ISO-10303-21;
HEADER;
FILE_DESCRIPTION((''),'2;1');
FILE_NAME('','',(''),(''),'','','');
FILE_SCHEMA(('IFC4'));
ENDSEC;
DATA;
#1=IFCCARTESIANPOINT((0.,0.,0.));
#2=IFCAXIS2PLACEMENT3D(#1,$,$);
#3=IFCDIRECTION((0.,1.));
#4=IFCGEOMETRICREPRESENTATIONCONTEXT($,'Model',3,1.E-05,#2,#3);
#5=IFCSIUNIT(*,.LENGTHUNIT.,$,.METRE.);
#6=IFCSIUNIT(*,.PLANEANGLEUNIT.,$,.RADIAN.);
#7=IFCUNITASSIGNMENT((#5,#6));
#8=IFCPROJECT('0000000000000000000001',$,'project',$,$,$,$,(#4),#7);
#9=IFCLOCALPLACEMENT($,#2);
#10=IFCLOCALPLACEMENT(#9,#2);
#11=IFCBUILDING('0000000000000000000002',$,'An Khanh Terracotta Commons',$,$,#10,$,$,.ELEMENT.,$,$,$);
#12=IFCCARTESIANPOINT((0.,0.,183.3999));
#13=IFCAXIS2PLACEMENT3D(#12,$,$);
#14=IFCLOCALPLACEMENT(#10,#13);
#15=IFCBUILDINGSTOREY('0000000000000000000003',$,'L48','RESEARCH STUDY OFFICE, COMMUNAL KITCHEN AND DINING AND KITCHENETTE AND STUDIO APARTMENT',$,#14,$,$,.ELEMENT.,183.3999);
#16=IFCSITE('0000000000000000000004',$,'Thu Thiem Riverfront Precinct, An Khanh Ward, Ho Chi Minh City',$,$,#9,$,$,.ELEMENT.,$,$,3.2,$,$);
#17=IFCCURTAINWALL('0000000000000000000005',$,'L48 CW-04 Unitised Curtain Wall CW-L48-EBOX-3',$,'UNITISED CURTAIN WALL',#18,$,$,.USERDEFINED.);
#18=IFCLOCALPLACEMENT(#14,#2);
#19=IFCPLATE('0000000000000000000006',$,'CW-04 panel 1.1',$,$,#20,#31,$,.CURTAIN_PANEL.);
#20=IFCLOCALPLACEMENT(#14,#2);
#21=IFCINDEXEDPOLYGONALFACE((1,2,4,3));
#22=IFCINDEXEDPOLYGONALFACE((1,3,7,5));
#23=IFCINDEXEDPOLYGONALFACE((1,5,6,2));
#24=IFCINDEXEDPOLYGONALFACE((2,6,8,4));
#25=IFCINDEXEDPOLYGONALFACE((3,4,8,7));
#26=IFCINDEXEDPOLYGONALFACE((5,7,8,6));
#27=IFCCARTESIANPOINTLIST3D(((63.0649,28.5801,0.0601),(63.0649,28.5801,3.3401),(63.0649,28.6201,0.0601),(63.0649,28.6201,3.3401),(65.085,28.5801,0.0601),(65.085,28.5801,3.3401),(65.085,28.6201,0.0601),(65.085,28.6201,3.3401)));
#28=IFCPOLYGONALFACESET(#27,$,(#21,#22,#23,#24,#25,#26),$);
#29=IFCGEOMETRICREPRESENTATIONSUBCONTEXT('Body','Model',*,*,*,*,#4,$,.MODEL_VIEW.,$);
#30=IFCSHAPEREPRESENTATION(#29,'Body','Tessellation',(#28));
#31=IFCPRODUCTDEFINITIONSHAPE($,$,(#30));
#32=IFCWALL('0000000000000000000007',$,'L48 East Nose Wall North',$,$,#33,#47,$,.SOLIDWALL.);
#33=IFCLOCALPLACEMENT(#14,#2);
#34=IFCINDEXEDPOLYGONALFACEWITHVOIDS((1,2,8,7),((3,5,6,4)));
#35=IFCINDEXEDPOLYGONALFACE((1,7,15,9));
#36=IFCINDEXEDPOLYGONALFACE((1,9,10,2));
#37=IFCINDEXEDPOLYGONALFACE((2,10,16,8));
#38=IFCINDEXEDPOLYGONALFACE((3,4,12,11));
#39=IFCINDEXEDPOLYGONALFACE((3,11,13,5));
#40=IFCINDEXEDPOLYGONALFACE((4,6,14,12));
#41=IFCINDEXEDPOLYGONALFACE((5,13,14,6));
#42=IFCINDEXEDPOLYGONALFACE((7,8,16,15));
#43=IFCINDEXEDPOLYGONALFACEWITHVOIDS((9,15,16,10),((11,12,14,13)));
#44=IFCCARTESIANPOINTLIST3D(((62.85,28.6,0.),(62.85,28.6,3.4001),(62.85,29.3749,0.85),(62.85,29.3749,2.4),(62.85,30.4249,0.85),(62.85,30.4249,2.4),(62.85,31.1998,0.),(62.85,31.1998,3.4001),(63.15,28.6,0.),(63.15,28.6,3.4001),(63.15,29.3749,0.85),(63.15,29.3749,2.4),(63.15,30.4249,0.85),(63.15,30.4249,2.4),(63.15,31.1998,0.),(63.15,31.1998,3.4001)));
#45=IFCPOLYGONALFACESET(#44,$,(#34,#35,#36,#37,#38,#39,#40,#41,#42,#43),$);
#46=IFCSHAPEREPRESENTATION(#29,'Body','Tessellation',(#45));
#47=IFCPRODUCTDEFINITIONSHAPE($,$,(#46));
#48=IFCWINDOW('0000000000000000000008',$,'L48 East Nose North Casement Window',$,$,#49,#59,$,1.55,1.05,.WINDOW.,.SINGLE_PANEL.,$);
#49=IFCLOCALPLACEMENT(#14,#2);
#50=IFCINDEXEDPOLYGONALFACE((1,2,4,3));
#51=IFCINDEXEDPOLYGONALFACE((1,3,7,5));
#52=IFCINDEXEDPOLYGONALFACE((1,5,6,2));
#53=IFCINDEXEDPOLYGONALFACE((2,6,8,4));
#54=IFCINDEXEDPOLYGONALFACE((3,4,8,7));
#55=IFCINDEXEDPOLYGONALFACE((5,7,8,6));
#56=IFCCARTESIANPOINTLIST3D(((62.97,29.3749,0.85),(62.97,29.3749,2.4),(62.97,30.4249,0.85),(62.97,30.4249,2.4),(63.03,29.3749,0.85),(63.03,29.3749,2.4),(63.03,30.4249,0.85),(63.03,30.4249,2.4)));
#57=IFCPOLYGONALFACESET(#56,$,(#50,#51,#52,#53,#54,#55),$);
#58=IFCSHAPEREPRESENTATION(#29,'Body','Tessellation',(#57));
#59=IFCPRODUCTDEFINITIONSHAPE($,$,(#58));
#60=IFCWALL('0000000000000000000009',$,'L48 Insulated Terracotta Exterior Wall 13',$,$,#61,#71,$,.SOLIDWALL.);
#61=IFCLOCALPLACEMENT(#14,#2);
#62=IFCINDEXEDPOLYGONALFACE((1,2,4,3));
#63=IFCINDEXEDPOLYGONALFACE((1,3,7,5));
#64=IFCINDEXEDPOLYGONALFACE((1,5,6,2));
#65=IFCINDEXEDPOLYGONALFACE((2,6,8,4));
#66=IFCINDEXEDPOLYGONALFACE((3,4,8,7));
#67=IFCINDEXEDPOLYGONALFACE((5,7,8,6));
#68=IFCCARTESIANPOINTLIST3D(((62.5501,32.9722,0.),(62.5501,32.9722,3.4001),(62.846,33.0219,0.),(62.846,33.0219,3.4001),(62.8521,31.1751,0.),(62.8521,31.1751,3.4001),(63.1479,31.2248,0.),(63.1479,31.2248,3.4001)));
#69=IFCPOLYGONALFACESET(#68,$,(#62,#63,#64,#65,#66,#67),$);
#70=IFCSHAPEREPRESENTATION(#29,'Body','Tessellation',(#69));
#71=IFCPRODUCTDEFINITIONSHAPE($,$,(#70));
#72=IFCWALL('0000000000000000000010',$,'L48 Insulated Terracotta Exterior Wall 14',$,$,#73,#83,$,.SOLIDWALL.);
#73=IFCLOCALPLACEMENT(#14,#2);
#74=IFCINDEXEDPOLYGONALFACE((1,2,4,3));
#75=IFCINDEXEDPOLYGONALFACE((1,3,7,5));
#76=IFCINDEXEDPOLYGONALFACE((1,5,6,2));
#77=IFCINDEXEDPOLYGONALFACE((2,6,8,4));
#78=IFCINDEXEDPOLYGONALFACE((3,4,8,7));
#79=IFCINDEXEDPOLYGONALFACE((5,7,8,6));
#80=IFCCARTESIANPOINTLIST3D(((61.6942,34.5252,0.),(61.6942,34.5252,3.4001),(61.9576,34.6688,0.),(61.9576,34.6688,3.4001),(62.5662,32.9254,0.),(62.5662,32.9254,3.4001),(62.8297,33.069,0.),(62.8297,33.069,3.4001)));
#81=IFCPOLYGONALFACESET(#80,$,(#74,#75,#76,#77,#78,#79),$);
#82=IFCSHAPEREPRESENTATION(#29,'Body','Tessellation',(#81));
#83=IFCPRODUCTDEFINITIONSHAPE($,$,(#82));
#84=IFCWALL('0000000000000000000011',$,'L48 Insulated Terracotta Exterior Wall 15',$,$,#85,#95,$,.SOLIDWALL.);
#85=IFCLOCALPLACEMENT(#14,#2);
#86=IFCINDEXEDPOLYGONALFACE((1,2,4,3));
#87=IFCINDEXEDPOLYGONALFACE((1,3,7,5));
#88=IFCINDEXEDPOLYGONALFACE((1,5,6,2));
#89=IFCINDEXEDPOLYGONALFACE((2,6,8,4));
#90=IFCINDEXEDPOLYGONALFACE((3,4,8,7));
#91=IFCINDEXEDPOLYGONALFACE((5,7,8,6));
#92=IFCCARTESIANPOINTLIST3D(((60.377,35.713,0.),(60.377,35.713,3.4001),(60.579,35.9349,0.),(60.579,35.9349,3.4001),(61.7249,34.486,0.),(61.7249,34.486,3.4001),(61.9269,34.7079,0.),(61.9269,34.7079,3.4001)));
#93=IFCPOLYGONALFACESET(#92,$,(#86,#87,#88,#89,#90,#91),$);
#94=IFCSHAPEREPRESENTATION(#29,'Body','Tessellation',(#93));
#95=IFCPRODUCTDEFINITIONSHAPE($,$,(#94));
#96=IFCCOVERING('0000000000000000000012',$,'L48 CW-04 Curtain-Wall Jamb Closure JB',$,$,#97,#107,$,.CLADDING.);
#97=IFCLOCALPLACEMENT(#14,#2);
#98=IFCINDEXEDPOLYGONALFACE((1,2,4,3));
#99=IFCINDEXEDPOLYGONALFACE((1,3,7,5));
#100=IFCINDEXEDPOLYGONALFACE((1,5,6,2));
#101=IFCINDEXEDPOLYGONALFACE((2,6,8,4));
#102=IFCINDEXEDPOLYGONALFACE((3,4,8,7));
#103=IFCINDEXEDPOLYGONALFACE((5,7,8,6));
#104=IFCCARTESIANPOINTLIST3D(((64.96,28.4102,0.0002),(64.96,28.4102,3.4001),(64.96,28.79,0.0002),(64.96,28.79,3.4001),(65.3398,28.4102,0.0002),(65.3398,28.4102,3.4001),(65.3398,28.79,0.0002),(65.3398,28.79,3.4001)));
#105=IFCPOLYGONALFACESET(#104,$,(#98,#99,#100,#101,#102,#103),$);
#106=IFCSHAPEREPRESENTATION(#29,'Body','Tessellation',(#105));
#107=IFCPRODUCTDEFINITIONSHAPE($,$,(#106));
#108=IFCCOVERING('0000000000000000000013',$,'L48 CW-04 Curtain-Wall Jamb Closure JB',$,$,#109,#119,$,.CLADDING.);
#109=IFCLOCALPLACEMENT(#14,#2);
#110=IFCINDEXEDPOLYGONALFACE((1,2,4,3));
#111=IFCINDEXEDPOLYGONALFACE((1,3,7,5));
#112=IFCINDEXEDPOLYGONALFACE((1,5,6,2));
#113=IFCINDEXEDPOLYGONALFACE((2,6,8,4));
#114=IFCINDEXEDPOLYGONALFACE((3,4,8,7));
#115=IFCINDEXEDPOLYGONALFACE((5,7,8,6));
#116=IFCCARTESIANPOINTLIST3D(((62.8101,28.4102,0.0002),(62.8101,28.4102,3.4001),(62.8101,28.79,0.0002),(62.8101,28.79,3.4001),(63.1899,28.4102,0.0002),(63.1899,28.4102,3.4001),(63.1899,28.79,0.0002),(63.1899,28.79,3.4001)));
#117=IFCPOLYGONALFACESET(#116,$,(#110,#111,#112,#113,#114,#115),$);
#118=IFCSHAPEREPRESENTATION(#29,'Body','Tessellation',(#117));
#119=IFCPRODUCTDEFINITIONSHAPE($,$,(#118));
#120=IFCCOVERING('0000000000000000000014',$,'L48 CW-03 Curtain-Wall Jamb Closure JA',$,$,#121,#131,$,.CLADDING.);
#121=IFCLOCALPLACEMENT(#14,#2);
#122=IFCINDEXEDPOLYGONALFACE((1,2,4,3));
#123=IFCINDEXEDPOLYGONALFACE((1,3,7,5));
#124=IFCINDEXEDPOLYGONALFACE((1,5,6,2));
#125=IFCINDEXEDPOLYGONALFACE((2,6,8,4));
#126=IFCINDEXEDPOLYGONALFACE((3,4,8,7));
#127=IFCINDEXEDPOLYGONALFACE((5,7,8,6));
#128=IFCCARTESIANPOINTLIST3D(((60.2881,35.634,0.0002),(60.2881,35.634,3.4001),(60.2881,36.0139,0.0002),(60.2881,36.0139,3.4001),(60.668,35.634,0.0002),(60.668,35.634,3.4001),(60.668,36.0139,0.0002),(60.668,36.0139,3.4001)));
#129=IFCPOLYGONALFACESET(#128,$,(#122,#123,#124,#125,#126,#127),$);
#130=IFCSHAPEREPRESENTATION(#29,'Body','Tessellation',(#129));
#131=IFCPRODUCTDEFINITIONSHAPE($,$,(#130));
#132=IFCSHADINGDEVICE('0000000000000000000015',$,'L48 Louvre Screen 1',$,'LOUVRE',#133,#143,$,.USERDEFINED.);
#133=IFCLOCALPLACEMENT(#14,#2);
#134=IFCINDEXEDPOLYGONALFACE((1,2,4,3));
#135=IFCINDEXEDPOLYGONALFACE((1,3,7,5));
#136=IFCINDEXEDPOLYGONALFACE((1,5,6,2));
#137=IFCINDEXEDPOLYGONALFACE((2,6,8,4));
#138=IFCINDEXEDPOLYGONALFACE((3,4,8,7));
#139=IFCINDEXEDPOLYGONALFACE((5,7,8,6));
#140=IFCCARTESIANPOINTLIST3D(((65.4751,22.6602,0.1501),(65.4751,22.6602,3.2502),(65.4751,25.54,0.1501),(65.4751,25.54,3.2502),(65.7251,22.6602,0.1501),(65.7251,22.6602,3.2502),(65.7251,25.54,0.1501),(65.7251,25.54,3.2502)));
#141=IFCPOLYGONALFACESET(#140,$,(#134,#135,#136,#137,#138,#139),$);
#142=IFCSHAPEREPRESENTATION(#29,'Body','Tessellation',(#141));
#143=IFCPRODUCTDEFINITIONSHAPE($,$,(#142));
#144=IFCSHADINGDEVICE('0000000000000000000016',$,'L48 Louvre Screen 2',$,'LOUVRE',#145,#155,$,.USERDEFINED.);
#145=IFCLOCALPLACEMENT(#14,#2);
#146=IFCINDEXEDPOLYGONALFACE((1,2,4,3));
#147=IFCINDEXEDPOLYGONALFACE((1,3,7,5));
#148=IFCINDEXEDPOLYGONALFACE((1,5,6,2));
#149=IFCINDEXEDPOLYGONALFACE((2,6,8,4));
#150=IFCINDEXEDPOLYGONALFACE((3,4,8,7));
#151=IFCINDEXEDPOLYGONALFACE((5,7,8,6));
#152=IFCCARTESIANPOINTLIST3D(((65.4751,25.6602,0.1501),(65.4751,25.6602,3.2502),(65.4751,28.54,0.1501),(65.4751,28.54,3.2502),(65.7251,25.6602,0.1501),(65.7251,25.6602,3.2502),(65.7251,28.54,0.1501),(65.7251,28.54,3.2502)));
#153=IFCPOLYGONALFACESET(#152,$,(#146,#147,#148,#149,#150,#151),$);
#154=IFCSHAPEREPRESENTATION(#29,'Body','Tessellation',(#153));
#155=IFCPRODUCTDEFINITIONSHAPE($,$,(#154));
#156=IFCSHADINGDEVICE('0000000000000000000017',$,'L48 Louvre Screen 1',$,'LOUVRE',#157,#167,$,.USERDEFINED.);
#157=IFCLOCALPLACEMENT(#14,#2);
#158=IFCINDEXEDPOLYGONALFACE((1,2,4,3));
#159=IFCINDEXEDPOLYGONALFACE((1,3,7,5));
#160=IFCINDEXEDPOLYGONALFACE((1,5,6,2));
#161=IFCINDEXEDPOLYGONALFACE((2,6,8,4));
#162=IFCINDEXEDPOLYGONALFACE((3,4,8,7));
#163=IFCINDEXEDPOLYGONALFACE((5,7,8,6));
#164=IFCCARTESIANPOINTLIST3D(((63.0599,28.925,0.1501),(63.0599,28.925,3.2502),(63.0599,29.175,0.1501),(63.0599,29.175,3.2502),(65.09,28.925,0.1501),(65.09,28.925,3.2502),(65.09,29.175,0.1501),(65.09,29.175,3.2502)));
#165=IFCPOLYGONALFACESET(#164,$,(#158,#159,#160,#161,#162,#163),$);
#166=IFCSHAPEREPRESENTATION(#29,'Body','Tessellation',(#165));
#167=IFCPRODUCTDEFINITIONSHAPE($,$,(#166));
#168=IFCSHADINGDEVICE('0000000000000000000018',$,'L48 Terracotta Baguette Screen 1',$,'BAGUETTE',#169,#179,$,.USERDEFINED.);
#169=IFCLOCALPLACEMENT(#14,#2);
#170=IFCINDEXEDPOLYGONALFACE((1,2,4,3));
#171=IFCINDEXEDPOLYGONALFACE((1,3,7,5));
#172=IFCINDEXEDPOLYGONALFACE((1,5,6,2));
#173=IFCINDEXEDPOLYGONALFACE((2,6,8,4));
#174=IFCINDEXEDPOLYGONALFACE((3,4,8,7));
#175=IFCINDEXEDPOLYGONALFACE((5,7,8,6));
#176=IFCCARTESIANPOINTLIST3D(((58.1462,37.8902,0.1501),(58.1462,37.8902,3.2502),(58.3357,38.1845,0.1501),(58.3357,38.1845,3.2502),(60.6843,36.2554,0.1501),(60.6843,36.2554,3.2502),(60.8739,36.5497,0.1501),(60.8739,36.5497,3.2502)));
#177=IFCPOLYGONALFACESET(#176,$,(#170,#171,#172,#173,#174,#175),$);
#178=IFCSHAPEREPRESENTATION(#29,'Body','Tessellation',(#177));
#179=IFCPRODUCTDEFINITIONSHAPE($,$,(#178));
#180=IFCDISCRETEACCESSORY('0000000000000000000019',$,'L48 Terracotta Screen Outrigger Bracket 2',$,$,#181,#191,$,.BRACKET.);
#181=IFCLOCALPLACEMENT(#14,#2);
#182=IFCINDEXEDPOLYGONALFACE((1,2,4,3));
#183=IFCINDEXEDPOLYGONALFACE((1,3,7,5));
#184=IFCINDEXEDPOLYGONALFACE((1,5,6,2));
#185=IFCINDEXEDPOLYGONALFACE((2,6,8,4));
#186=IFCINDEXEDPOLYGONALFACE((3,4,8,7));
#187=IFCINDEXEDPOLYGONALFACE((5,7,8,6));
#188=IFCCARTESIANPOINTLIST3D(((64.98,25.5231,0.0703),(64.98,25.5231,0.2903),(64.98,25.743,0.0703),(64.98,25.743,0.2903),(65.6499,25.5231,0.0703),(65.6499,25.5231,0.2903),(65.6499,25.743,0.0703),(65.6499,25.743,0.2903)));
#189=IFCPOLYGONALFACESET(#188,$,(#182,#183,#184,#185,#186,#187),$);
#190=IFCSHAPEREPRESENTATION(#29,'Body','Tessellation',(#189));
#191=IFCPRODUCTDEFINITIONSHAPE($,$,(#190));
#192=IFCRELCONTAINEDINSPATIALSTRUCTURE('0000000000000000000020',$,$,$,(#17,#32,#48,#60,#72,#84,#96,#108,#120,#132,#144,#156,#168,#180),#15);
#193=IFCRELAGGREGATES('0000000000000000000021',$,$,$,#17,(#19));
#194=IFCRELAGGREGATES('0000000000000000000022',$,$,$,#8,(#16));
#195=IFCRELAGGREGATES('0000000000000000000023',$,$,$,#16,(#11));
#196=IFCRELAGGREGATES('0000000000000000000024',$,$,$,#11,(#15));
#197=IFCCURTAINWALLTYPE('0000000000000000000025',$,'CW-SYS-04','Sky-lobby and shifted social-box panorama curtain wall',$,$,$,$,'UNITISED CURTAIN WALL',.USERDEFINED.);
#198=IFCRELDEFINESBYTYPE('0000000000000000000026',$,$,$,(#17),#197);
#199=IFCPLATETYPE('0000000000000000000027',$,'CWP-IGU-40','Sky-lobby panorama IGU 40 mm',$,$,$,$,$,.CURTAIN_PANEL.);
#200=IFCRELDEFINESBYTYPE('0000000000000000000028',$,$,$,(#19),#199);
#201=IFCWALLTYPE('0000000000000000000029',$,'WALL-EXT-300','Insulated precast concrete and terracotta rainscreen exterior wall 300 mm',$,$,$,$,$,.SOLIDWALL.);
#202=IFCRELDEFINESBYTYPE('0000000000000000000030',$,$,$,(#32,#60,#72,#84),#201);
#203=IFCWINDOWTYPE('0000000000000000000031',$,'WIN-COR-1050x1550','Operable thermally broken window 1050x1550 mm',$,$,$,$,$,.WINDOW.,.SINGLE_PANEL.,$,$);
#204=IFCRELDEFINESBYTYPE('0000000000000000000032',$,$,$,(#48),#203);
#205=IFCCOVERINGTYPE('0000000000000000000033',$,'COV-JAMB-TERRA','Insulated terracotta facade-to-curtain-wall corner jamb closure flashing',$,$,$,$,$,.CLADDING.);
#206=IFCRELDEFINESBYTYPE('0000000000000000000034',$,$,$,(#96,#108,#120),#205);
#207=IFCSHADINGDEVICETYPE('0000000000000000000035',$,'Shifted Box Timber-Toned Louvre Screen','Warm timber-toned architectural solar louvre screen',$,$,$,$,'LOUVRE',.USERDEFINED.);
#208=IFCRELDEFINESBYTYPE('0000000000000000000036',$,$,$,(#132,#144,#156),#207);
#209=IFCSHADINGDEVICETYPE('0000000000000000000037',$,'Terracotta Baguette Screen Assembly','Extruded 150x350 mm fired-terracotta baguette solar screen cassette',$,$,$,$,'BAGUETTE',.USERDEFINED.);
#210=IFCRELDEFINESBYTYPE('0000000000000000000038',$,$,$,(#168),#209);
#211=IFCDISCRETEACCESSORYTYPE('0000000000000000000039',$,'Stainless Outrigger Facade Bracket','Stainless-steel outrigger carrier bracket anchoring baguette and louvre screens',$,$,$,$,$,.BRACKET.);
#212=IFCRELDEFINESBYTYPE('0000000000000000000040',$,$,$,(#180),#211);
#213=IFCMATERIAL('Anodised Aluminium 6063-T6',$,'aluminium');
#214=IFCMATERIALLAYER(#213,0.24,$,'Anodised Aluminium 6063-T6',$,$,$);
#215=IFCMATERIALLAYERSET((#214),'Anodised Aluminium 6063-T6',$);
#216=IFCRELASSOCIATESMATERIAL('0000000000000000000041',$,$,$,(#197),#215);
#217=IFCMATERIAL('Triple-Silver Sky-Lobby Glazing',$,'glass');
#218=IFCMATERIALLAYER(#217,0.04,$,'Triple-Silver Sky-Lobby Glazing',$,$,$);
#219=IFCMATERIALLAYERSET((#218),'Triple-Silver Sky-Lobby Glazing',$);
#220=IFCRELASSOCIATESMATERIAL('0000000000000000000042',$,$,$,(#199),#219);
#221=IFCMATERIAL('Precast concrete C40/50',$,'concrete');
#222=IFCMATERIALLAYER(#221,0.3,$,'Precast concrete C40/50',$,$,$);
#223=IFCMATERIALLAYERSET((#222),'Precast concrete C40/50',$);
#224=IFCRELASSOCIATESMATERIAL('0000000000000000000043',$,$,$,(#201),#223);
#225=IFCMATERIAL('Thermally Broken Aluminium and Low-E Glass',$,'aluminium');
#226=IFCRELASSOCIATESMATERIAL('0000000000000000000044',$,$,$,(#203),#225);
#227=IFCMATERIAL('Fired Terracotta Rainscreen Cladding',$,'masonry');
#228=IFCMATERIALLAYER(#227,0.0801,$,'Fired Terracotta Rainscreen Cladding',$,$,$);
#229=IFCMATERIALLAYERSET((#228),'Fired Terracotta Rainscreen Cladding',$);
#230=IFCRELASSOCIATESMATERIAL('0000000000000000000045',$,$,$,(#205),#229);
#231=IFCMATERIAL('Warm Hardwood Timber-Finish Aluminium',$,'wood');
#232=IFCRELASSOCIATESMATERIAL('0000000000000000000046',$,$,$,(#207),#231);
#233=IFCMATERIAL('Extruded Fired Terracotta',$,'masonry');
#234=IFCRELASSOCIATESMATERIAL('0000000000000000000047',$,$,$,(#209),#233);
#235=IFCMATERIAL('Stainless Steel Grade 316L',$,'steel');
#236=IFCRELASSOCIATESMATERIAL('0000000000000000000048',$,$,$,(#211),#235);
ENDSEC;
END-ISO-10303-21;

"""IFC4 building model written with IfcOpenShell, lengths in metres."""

from ifc_helpers import new_model, si_unit, direction, frame, frame_2d, origin, origin_2d, place, context, subcontext, project, spatial, rectangle, extrude, material, layer, layer_set, type_object, element, fill, aggregate, save


model = new_model("IFC4")

# Units and contexts
model_context = context("Model", 3, precision=1e-05, world=origin(), true_north=direction((0.0, 1.0)))
body_context = subcontext(model_context, "Body", "Model", "MODEL_VIEW")
ifc_project = project(units=[si_unit("LENGTHUNIT", "METRE"), si_unit("PLANEANGLEUNIT", "RADIAN")], contexts=[model_context])

# Site, building, storey
site_placement = place(None, origin())
site = spatial("IfcSite", under=ifc_project, at=site_placement, Name="Thu Thiem Riverfront Precinct, An Khanh Ward, Ho Chi Minh City", CompositionType="ELEMENT", RefElevation=3.2)
building_placement = place(site_placement, origin())
building = spatial("IfcBuilding", under=site, at=building_placement, Name="An Khanh Terracotta Commons", CompositionType="ELEMENT")
storey_placement = place(building_placement, frame((0.0, 0.0, 183.3999)))
storey = spatial("IfcBuildingStorey", under=building, at=storey_placement, Name="L48", Description="RESEARCH STUDY OFFICE, COMMUNAL KITCHEN AND DINING AND KITCHENETTE AND STUDIO APARTMENT", CompositionType="ELEMENT", Elevation=183.3999)

# Curtain wall
ifc_material_1 = material(Name="Anodised Aluminium 6063-T6", Category="aluminium")
ifc_layer_1 = layer(ifc_material_1, 0.24, Name="Anodised Aluminium 6063-T6")
ifc_layer_set_1 = layer_set([ifc_layer_1], Name="Anodised Aluminium 6063-T6")
curtain_wall_type_1 = type_object("IfcCurtainWallType", Name="CW-SYS-04", Description="Sky-lobby and shifted social-box panorama curtain wall", ElementType="UNITISED CURTAIN WALL", PredefinedType="USERDEFINED", material=ifc_layer_set_1)
curtain_wall_1_placement = place(storey_placement, origin())
curtain_wall_1 = element("IfcCurtainWall", 1, at=curtain_wall_1_placement, inside=storey, type_object=curtain_wall_type_1, Name="L48 CW-04 Unitised Curtain Wall CW-L48-EBOX-3", ObjectType="UNITISED CURTAIN WALL", PredefinedType="USERDEFINED")

# Plate
ifc_material_2 = material(Name="Triple-Silver Sky-Lobby Glazing", Category="glass")
ifc_layer_2 = layer(ifc_material_2, 0.04, Name="Triple-Silver Sky-Lobby Glazing")
ifc_layer_set_2 = layer_set([ifc_layer_2], Name="Triple-Silver Sky-Lobby Glazing")
plate_type_1 = type_object("IfcPlateType", Name="CWP-IGU-40", Description="Sky-lobby panorama IGU 40 mm", PredefinedType="CURTAIN_PANEL", material=ifc_layer_set_2)
plate_1_placement = place(storey_placement, frame((64.075, 28.6001, 0.0601), z_axis=(0.0, 0.0, 1.0), x_axis=(-1.0, 0.0, 0.0)))
plate_1 = element("IfcPlate", 2, at=plate_1_placement, type_object=plate_type_1, Name="CW-04 panel 1.1", PredefinedType="CURTAIN_PANEL", context=body_context, shape_type="SweptSolid", body=[
    extrude(rectangle(XDim=2.02, YDim=0.04, at=origin_2d()), origin(), (0.0, 0.0, 1.0), 3.28),
])
aggregate(curtain_wall_1, [plate_1])

# Wall, opening, window
ifc_material_3 = material(Name="Precast concrete C40/50", Category="concrete")
ifc_layer_3 = layer(ifc_material_3, 0.3, Name="Precast concrete C40/50")
ifc_layer_set_3 = layer_set([ifc_layer_3], Name="Precast concrete C40/50")
wall_type = type_object("IfcWallType", Name="WALL-EXT-300", Description="Insulated precast concrete and terracotta rainscreen exterior wall 300 mm", PredefinedType="SOLIDWALL", material=ifc_layer_set_3)
wall_1_placement = place(storey_placement, frame((63.0, 28.6001, 0.0), z_axis=(0.0, 0.0, 1.0), x_axis=(0.0, 1.0, 0.0)))
wall_1 = element("IfcWall", 3, at=wall_1_placement, inside=storey, type_object=wall_type, Name="L48 East Nose Wall North", PredefinedType="SOLIDWALL", context=body_context, shape_type="SweptSolid", body=[
    extrude(rectangle(XDim=2.5999, YDim=0.3, at=frame_2d((1.2998, 0.0))), origin(), (0.0, 0.0, 1.0), 3.4001),
])
opening_placement = place(wall_1_placement, frame((0.7749, 0.0, 0.8501)))
opening = element("IfcOpeningElement", 4, at=opening_placement, cuts=wall_1, PredefinedType="OPENING", context=body_context, shape_type="SweptSolid", body=[
    extrude(rectangle(XDim=1.05, YDim=1.55, at=frame_2d((0.5249, 0.7749))), frame((0.0, 0.1599, 0.0), z_axis=(0.0, -1.0, 0.0), x_axis=(1.0, 0.0, 0.0)), (0.0, 0.0, 1.0), 0.3201),
])
ifc_material_4 = material(Name="Thermally Broken Aluminium and Low-E Glass", Category="aluminium")
window_type = type_object("IfcWindowType", Name="WIN-COR-1050x1550", Description="Operable thermally broken window 1050x1550 mm", PartitioningType="SINGLE_PANEL", PredefinedType="WINDOW", material=ifc_material_4)
window_placement = place(opening_placement, origin())
window = element("IfcWindow", 5, at=window_placement, inside=storey, type_object=window_type, Name="L48 East Nose North Casement Window", OverallHeight=1.55, OverallWidth=1.05, PartitioningType="SINGLE_PANEL", PredefinedType="WINDOW", context=body_context, shape_type="SweptSolid", body=[
    extrude(rectangle(XDim=1.05, YDim=1.55, at=frame_2d((0.5249, 0.7749))), frame((0.0, 0.03, 0.0), z_axis=(0.0, -1.0, 0.0), x_axis=(1.0, 0.0, 0.0)), (0.0, 0.0, 1.0), 0.0601),
])
fill(opening, window)

# Walls
wall_2_placement = place(storey_placement, frame((63.0, 31.2, 0.0), z_axis=(0.0, 0.0, 1.0), x_axis=(-0.165724, 0.986172, 0.0)))
element("IfcWall", 6, at=wall_2_placement, inside=storey, type_object=wall_type, Name="L48 Insulated Terracotta Exterior Wall 13", PredefinedType="SOLIDWALL", context=body_context, shape_type="SweptSolid", body=[
    extrude(rectangle(XDim=1.8223, YDim=0.3, at=frame_2d((0.9111, 0.0))), origin(), (0.0, 0.0, 1.0), 3.4001),
])
wall_3_placement = place(storey_placement, frame((62.698, 32.9971, 0.0), z_axis=(0.0, 0.0, 1.0), x_axis=(-0.478608, 0.878029, 0.0)))
element("IfcWall", 7, at=wall_3_placement, inside=storey, type_object=wall_type, Name="L48 Insulated Terracotta Exterior Wall 14", PredefinedType="SOLIDWALL", context=body_context, shape_type="SweptSolid", body=[
    extrude(rectangle(XDim=1.822, YDim=0.3, at=frame_2d((0.9111, 0.0))), origin(), (0.0, 0.0, 1.0), 3.4001),
])
wall_4_placement = place(storey_placement, frame((61.8259, 34.5969, 0.0), z_axis=(0.0, 0.0, 1.0), x_axis=(-0.739479, 0.673179, 0.0)))
element("IfcWall", 8, at=wall_4_placement, inside=storey, type_object=wall_type, Name="L48 Insulated Terracotta Exterior Wall 15", PredefinedType="SOLIDWALL", context=body_context, shape_type="SweptSolid", body=[
    extrude(rectangle(XDim=1.8228, YDim=0.3, at=frame_2d((0.9114, 0.0))), origin(), (0.0, 0.0, 1.0), 3.4001),
])

# Coverings
ifc_material_5 = material(Name="Fired Terracotta Rainscreen Cladding", Category="masonry")
ifc_layer_4 = layer(ifc_material_5, 0.0801, Name="Fired Terracotta Rainscreen Cladding")
ifc_layer_set_4 = layer_set([ifc_layer_4], Name="Fired Terracotta Rainscreen Cladding")
covering_type = type_object("IfcCoveringType", Name="COV-JAMB-TERRA", Description="Insulated terracotta facade-to-curtain-wall corner jamb closure flashing", PredefinedType="CLADDING", material=ifc_layer_set_4)
for number, where, z_axis, x_axis, name in (
    (9, (65.1499, 28.6001, 0.0002), (0.0, 0.0, 1.0), (1.0, 0.0, 0.0), "L48 CW-04 Curtain-Wall Jamb Closure JB"),
    (10, (63.0, 28.6001, 0.0002), (0.0, 0.0, 1.0), (1.0, 0.0, 0.0), "L48 CW-04 Curtain-Wall Jamb Closure JB"),
    (11, (60.478, 35.824, 0.0002), (0.0, 0.0, 1.0), (1.0, 0.0, 0.0), "L48 CW-03 Curtain-Wall Jamb Closure JA"),
):
    element("IfcCovering", number, at=place(storey_placement, frame(where, z_axis=z_axis, x_axis=x_axis)), inside=storey, type_object=covering_type, Name=name, PredefinedType="CLADDING", context=body_context, shape_type="SweptSolid", body=[
        extrude(rectangle(XDim=0.3799, YDim=0.3799, at=origin_2d()), origin(), (0.0, 0.0, 1.0), 3.3999),
    ])

# Shading devices
ifc_material_6 = material(Name="Warm Hardwood Timber-Finish Aluminium", Category="wood")
shading_device_type_1 = type_object("IfcShadingDeviceType", Name="Shifted Box Timber-Toned Louvre Screen", Description="Warm timber-toned architectural solar louvre screen", ElementType="LOUVRE", PredefinedType="USERDEFINED", material=ifc_material_6)
for number, where, z_axis, x_axis, name in (
    (12, (65.6001, 24.1001, 0.1501), (0.0, 0.0, 1.0), (0.0, 1.0, 0.0), "L48 Louvre Screen 1"),
    (13, (65.6001, 27.1001, 0.1501), (0.0, 0.0, 1.0), (0.0, 1.0, 0.0), "L48 Louvre Screen 2"),
):
    element("IfcShadingDevice", number, at=place(storey_placement, frame(where, z_axis=z_axis, x_axis=x_axis)), inside=storey, type_object=shading_device_type_1, Name=name, ObjectType="LOUVRE", PredefinedType="USERDEFINED", context=body_context, shape_type="SweptSolid", body=[
        extrude(rectangle(XDim=2.8799, YDim=0.25, at=origin_2d()), origin(), (0.0, 0.0, 1.0), 3.1001),
    ])
shading_device_1_placement = place(storey_placement, frame((64.075, 29.05, 0.1501), z_axis=(0.0, 0.0, 1.0), x_axis=(-1.0, 0.0, 0.0)))
element("IfcShadingDevice", 14, at=shading_device_1_placement, inside=storey, type_object=shading_device_type_1, Name="L48 Louvre Screen 1", ObjectType="LOUVRE", PredefinedType="USERDEFINED", context=body_context, shape_type="SweptSolid", body=[
    extrude(rectangle(XDim=2.03, YDim=0.25, at=origin_2d()), origin(), (0.0, 0.0, 1.0), 3.1001),
])
ifc_material_7 = material(Name="Extruded Fired Terracotta", Category="masonry")
shading_device_type_2 = type_object("IfcShadingDeviceType", Name="Terracotta Baguette Screen Assembly", Description="Extruded 150x350 mm fired-terracotta baguette solar screen cassette", ElementType="BAGUETTE", PredefinedType="USERDEFINED", material=ifc_material_7)
shading_device_2_placement = place(storey_placement, frame((59.51, 37.22, 0.1501), z_axis=(0.0, 0.0, 1.0), x_axis=(-0.840702, 0.541498, 0.0)))
element("IfcShadingDevice", 15, at=shading_device_2_placement, inside=storey, type_object=shading_device_type_2, Name="L48 Terracotta Baguette Screen 1", ObjectType="BAGUETTE", PredefinedType="USERDEFINED", context=body_context, shape_type="SweptSolid", body=[
    extrude(rectangle(XDim=3.019, YDim=0.3501, at=origin_2d()), origin(), (0.0, 0.0, 1.0), 3.1001),
])

# Discrete accessory
ifc_material_8 = material(Name="Stainless Steel Grade 316L", Category="steel")
discrete_accessory_type = type_object("IfcDiscreteAccessoryType", Name="Stainless Outrigger Facade Bracket", Description="Stainless-steel outrigger carrier bracket anchoring baguette and louvre screens", PredefinedType="BRACKET", material=ifc_material_8)
for number, where, z_axis, x_axis, name in (
    (16, (65.3149, 25.6331, 0.0703), (0.0, 0.0, 1.0), (0.0, 1.0, 0.0), "L48 Terracotta Screen Outrigger Bracket 2"),
):
    element("IfcDiscreteAccessory", number, at=place(storey_placement, frame(where, z_axis=z_axis, x_axis=x_axis)), inside=storey, type_object=discrete_accessory_type, Name=name, PredefinedType="BRACKET", context=body_context, shape_type="SweptSolid", body=[
        extrude(rectangle(XDim=0.22, YDim=0.6699, at=origin_2d()), origin(), (0.0, 0.0, 1.0), 0.22),
    ])

save(model, "model.ifc")
